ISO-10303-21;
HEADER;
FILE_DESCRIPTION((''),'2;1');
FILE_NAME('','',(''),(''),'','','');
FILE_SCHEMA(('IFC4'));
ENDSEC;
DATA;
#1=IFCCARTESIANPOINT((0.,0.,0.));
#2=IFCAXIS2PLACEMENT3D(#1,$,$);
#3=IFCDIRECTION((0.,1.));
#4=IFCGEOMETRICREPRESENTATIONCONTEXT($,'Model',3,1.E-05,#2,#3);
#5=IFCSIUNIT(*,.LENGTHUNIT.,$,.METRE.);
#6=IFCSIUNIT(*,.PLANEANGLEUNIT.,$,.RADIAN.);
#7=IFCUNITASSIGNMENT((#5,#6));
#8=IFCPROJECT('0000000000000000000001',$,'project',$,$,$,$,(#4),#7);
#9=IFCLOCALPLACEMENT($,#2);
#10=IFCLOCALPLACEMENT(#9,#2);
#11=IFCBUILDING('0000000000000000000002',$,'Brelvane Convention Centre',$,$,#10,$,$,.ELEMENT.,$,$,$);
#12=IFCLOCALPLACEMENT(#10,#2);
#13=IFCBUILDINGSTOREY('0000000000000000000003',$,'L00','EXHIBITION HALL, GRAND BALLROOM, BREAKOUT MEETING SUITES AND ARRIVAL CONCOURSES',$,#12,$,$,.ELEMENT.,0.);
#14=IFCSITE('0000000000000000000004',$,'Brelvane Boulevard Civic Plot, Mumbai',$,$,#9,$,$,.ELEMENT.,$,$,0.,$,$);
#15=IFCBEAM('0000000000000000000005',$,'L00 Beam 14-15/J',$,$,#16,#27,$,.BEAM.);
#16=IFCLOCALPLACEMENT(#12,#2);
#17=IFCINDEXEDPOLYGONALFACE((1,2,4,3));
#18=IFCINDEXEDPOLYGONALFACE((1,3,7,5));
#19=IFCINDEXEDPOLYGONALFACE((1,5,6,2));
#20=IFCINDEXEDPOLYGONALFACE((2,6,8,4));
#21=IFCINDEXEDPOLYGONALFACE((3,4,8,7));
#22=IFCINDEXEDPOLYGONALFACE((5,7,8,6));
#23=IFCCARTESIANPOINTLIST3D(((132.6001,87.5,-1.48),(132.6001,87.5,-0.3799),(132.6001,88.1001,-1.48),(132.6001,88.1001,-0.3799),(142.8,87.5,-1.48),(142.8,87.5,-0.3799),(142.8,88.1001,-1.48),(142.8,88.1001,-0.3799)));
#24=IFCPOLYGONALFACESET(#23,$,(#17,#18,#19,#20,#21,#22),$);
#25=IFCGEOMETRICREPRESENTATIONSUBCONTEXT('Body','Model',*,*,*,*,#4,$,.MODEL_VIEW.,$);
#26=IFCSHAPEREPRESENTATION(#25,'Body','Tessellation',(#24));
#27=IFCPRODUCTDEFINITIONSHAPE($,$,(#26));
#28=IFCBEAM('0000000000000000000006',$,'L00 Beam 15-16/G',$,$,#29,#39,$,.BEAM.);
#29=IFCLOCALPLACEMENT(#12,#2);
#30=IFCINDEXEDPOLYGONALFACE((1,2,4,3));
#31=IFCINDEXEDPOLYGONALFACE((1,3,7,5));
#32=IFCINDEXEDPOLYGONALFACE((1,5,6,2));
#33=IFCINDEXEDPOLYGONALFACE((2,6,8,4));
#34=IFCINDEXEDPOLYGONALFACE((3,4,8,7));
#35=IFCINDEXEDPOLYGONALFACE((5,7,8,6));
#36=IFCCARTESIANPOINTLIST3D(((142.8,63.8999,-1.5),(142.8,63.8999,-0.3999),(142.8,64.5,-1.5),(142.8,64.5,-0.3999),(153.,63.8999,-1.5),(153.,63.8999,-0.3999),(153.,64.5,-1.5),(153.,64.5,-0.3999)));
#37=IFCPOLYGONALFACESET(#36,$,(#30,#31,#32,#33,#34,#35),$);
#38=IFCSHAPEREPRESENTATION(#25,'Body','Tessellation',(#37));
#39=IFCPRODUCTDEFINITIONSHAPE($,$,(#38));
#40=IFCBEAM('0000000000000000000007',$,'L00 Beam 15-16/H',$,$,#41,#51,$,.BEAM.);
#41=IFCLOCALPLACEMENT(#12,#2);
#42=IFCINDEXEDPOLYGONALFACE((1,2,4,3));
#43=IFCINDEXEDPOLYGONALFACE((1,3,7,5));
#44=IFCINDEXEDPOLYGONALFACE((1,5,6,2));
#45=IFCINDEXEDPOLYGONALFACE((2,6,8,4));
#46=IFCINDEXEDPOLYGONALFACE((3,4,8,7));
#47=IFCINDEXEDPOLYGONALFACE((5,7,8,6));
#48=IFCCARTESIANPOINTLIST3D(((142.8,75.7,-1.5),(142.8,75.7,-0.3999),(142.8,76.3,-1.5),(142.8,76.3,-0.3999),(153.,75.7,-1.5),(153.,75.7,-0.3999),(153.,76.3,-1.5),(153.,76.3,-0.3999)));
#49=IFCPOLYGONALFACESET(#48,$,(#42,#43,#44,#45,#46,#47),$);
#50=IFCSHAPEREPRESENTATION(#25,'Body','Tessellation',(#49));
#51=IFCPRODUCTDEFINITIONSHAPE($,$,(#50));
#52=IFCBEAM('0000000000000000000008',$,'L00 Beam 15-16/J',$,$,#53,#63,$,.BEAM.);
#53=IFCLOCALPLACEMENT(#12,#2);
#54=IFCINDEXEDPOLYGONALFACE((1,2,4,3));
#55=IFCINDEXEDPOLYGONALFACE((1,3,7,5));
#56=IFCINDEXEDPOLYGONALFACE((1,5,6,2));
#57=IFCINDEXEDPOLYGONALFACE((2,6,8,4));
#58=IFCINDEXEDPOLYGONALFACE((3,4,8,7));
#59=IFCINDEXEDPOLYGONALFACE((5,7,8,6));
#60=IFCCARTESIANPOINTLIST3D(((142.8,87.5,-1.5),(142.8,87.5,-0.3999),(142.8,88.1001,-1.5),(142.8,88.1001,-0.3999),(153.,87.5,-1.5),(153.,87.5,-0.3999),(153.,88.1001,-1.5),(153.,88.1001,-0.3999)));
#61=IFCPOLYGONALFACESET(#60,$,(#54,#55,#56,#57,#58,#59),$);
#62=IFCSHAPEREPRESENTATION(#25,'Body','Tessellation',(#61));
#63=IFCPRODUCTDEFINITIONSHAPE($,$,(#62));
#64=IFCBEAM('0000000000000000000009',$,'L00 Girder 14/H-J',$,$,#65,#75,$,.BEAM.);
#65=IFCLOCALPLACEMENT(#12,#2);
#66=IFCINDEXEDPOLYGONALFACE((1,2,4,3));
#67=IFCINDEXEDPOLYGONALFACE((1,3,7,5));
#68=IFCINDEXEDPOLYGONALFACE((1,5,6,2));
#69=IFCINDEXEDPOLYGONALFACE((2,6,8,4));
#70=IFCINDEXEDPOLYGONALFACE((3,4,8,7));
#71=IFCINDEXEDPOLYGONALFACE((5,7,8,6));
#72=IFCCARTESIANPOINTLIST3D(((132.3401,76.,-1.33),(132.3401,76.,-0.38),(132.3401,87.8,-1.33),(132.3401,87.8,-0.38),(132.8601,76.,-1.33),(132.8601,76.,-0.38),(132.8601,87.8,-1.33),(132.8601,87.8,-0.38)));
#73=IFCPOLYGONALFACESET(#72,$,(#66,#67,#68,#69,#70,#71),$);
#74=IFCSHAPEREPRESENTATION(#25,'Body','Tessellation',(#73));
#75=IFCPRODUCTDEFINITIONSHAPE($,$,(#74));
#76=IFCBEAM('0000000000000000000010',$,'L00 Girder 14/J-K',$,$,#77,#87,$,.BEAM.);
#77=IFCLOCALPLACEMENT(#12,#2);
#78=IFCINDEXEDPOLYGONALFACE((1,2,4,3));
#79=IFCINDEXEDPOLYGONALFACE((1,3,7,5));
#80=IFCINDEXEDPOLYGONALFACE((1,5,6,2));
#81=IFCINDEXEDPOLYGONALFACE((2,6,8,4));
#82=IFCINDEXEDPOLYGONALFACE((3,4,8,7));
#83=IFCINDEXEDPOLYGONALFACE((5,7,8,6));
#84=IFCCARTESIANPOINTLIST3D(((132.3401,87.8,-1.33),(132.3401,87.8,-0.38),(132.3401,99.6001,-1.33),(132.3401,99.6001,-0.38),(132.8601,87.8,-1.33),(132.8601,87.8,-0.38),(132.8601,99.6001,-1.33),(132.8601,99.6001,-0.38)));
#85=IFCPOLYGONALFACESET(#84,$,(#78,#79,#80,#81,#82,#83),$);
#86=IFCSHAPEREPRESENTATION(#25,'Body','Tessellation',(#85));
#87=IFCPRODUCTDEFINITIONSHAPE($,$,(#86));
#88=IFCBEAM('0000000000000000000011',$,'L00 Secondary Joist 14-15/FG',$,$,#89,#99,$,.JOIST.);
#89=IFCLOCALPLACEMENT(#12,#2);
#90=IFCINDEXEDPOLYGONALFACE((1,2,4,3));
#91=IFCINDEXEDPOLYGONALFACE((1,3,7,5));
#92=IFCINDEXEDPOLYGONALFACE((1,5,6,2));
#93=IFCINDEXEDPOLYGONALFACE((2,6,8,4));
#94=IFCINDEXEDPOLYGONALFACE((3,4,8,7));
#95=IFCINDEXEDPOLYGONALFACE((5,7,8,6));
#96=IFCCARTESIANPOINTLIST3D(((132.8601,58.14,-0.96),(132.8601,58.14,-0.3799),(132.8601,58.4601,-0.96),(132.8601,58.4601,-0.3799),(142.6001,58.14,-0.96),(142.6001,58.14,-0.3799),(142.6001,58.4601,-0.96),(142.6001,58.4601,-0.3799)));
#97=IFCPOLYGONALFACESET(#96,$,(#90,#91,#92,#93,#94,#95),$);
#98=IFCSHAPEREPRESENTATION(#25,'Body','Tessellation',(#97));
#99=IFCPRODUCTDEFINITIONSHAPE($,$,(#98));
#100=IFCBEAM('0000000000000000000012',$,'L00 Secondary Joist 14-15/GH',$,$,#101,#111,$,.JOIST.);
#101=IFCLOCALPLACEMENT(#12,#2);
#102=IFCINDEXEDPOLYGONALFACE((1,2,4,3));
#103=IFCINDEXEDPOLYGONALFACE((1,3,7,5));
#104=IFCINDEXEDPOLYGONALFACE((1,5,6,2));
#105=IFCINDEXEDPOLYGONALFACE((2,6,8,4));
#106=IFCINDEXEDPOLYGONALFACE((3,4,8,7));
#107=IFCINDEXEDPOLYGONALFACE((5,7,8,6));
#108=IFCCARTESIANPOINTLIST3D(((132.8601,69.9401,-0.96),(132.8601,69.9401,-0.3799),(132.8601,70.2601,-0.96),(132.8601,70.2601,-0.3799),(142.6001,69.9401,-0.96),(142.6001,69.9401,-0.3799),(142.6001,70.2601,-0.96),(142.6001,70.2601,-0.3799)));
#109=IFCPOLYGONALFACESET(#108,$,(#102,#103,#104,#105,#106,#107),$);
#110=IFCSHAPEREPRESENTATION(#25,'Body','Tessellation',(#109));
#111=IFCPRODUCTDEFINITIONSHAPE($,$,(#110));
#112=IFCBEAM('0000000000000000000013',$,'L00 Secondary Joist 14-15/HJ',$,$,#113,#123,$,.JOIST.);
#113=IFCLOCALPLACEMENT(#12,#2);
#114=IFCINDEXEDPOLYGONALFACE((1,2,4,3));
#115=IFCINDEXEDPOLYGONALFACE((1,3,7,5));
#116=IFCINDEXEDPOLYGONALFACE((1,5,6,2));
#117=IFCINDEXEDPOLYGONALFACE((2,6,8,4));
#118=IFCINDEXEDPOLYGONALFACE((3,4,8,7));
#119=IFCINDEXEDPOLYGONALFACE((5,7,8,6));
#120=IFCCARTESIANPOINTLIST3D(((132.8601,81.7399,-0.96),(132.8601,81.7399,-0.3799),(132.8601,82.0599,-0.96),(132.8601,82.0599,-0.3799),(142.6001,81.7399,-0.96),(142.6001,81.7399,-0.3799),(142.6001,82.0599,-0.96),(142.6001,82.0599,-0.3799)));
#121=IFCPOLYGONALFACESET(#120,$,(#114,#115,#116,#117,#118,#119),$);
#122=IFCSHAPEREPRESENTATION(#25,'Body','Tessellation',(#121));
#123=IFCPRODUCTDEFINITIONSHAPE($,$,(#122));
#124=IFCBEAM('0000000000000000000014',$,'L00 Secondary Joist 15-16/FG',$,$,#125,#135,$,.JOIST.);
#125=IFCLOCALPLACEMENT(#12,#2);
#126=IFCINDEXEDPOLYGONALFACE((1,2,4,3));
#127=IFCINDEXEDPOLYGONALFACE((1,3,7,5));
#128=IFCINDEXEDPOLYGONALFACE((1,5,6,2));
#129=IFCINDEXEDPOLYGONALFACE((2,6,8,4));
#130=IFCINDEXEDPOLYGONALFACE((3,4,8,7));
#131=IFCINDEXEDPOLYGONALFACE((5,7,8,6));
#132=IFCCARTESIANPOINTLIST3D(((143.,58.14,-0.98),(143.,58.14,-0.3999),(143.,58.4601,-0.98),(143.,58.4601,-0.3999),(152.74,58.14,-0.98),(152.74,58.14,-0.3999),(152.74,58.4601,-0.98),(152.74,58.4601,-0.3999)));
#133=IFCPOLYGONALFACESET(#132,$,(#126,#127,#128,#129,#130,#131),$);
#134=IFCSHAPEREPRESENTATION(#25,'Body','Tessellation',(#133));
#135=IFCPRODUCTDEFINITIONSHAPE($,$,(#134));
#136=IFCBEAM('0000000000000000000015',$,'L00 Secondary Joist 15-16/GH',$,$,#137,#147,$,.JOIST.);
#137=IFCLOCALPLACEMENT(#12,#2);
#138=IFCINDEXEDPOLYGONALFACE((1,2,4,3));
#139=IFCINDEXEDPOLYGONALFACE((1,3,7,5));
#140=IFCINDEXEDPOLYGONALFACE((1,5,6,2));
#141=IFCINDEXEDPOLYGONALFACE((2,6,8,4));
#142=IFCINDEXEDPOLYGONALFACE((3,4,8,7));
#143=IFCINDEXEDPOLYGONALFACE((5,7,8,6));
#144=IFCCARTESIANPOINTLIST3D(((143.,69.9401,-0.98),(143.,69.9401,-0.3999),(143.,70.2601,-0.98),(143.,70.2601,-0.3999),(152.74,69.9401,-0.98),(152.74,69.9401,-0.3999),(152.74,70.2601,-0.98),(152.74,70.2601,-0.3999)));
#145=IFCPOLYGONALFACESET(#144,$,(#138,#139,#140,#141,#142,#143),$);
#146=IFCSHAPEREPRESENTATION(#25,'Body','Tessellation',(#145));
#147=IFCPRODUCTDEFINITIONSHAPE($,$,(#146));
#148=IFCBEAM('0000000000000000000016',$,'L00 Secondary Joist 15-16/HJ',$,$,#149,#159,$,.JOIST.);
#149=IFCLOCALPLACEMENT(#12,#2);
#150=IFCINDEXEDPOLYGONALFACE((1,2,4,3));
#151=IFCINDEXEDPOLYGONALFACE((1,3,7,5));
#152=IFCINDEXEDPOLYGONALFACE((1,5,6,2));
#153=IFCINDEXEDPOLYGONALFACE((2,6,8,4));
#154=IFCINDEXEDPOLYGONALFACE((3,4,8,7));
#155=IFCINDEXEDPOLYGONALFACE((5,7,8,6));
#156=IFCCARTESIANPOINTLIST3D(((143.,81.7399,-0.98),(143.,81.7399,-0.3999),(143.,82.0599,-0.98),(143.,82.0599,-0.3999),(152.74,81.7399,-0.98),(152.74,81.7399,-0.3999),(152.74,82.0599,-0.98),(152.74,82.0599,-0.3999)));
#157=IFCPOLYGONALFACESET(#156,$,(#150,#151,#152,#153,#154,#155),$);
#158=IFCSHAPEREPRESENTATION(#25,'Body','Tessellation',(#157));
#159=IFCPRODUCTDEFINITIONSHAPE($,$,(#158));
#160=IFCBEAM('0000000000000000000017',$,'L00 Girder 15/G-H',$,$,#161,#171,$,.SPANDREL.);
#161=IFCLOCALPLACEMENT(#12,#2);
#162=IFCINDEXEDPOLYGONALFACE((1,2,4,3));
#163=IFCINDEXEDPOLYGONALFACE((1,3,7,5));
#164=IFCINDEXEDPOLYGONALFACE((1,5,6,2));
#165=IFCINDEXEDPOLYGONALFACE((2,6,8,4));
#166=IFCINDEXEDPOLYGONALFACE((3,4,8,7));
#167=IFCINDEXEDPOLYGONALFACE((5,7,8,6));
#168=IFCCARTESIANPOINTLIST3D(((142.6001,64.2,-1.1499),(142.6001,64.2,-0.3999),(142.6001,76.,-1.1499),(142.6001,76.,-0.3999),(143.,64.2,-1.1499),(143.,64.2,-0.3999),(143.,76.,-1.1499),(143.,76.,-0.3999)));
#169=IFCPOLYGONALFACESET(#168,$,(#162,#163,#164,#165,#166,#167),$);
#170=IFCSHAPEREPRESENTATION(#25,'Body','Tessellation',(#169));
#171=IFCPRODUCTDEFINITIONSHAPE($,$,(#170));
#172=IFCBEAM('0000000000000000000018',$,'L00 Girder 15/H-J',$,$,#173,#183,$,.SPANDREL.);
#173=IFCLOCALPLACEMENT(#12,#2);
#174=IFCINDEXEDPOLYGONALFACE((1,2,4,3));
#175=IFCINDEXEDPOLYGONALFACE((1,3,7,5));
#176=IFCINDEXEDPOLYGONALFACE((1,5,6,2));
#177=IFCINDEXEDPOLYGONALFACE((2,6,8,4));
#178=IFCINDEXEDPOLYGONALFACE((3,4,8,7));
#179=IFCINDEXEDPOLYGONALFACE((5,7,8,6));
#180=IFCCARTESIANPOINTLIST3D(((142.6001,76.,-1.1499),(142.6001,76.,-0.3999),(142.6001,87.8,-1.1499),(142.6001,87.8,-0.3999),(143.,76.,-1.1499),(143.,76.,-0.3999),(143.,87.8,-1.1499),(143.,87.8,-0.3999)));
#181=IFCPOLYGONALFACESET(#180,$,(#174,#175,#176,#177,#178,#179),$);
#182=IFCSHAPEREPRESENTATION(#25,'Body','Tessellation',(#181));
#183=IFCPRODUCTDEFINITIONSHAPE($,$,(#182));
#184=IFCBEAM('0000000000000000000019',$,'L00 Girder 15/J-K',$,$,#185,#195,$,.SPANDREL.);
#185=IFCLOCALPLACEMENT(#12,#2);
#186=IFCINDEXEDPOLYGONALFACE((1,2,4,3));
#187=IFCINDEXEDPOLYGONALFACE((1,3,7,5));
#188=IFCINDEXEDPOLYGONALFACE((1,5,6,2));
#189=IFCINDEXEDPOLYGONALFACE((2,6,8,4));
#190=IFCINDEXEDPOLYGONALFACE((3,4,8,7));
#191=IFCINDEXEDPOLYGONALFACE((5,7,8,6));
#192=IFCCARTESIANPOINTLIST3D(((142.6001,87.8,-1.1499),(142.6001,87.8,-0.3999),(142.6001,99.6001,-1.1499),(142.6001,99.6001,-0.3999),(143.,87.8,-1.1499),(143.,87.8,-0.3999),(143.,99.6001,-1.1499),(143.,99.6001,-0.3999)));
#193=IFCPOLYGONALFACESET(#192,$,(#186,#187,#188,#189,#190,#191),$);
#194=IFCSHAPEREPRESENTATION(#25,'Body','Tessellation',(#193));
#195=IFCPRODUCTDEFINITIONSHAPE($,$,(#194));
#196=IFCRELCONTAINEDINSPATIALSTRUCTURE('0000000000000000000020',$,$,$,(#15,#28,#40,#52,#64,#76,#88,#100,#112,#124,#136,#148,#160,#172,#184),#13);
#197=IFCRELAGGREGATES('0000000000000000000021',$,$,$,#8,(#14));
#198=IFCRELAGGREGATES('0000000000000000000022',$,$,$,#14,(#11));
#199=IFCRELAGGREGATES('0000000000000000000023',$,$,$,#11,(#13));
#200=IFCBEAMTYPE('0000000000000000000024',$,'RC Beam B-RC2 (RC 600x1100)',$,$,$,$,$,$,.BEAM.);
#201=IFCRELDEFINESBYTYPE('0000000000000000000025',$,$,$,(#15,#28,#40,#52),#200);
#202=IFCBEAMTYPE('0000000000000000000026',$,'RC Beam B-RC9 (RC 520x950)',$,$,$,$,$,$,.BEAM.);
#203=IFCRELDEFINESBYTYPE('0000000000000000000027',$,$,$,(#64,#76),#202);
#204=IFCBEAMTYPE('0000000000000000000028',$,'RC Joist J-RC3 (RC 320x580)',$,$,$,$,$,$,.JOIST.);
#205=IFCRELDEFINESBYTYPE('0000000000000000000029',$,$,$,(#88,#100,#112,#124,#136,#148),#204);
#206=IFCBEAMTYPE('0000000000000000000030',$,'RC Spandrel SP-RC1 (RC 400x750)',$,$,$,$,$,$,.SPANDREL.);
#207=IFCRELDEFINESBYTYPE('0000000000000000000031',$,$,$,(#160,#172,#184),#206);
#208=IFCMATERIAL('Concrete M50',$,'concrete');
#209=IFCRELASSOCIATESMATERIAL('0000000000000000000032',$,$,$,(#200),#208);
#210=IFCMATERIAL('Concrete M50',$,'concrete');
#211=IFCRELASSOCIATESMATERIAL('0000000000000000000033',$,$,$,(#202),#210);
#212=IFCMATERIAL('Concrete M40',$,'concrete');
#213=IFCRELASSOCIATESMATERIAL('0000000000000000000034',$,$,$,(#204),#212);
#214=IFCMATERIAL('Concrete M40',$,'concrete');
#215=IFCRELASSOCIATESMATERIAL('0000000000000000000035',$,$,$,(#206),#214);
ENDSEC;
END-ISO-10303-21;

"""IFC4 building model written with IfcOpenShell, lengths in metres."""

from ifc_helpers import new_model, si_unit, direction, frame, origin, origin_2d, place, context, subcontext, project, spatial, rectangle, extrude, material, material_profile, profile_set, type_object, element, save


model = new_model("IFC4")

# Units and contexts
model_context = context("Model", 3, precision=1e-05, world=origin(), true_north=direction((0.0, 1.0)))
body_context = subcontext(model_context, "Body", "Model", "MODEL_VIEW")
ifc_project = project(units=[si_unit("LENGTHUNIT", "METRE"), si_unit("PLANEANGLEUNIT", "RADIAN")], contexts=[model_context])

# Site, building, storey
site_placement = place(None, origin())
site = spatial("IfcSite", under=ifc_project, at=site_placement, Name="Brelvane Boulevard Civic Plot, Mumbai", CompositionType="ELEMENT", RefElevation=0.0)
building_placement = place(site_placement, origin())
building = spatial("IfcBuilding", under=site, at=building_placement, Name="Brelvane Convention Centre", CompositionType="ELEMENT")
storey_placement = place(building_placement, origin())
storey = spatial("IfcBuildingStorey", under=building, at=storey_placement, Name="L00", Description="EXHIBITION HALL, GRAND BALLROOM, BREAKOUT MEETING SUITES AND ARRIVAL CONCOURSES", CompositionType="ELEMENT", Elevation=0.0)

# Beams
ifc_material_1 = material(Name="Concrete M50", Category="concrete")
ifc_material_profile_1 = material_profile(ifc_material_1, rectangle(XDim=0.6001, YDim=1.1001, at=origin_2d()), Name="RC 600x1100")
ifc_profile_set_1 = profile_set([ifc_material_profile_1], Name="Concrete M50")
beam_type_1 = type_object("IfcBeamType", Name="RC Beam B-RC2 (RC 600x1100)", PredefinedType="BEAM", material=ifc_profile_set_1)
for number, where, z_axis, x_axis, name in (
    (1, (132.6001, 87.8, -0.9299), (1.0, 0.0, 0.0), (0.0, 1.0, 0.0), "L00 Beam 14-15/J"),
    (2, (142.8, 64.2, -0.95), (1.0, 0.0, 0.0), (0.0, 1.0, 0.0), "L00 Beam 15-16/G"),
    (3, (142.8, 76.0, -0.95), (1.0, 0.0, 0.0), (0.0, 1.0, 0.0), "L00 Beam 15-16/H"),
    (4, (142.8, 87.8, -0.95), (1.0, 0.0, 0.0), (0.0, 1.0, 0.0), "L00 Beam 15-16/J"),
):
    element("IfcBeam", number, at=place(storey_placement, frame(where, z_axis=z_axis, x_axis=x_axis)), inside=storey, type_object=beam_type_1, Name=name, PredefinedType="BEAM", context=body_context, shape_type="SweptSolid", body=[
        extrude(rectangle(XDim=0.6001, YDim=1.1001, at=origin_2d()), origin(), (0.0, 0.0, 1.0), 10.2),
    ])
ifc_material_2 = material(Name="Concrete M50", Category="concrete")
ifc_material_profile_2 = material_profile(ifc_material_2, rectangle(XDim=0.52, YDim=0.95, at=origin_2d()), Name="RC 520x950")
ifc_profile_set_2 = profile_set([ifc_material_profile_2], Name="Concrete M50")
beam_type_2 = type_object("IfcBeamType", Name="RC Beam B-RC9 (RC 520x950)", PredefinedType="BEAM", material=ifc_profile_set_2)
for number, where, z_axis, x_axis, name in (
    (5, (132.6001, 76.0, -0.855), (0.0, 1.0, 0.0), (-1.0, 0.0, 0.0), "L00 Girder 14/H-J"),
    (6, (132.6001, 87.8, -0.855), (0.0, 1.0, 0.0), (-1.0, 0.0, 0.0), "L00 Girder 14/J-K"),
):
    element("IfcBeam", number, at=place(storey_placement, frame(where, z_axis=z_axis, x_axis=x_axis)), inside=storey, type_object=beam_type_2, Name=name, PredefinedType="BEAM", context=body_context, shape_type="SweptSolid", body=[
        extrude(rectangle(XDim=0.52, YDim=0.95, at=origin_2d()), origin(), (0.0, 0.0, 1.0), 11.8),
    ])
ifc_material_3 = material(Name="Concrete M40", Category="concrete")
ifc_material_profile_3 = material_profile(ifc_material_3, rectangle(XDim=0.3201, YDim=0.5801, at=origin_2d()), Name="RC 320x580")
ifc_profile_set_3 = profile_set([ifc_material_profile_3], Name="Concrete M40")
beam_type_3 = type_object("IfcBeamType", Name="RC Joist J-RC3 (RC 320x580)", PredefinedType="JOIST", material=ifc_profile_set_3)
for number, where, z_axis, x_axis, name in (
    (7, (132.8601, 58.3, -0.6699), (1.0, 0.0, 0.0), (0.0, 1.0, 0.0), "L00 Secondary Joist 14-15/FG"),
    (8, (132.8601, 70.1001, -0.6699), (1.0, 0.0, 0.0), (0.0, 1.0, 0.0), "L00 Secondary Joist 14-15/GH"),
    (9, (132.8601, 81.8999, -0.6699), (1.0, 0.0, 0.0), (0.0, 1.0, 0.0), "L00 Secondary Joist 14-15/HJ"),
    (10, (143.0, 58.3, -0.6899), (1.0, 0.0, 0.0), (0.0, 1.0, 0.0), "L00 Secondary Joist 15-16/FG"),
    (11, (143.0, 70.1001, -0.6899), (1.0, 0.0, 0.0), (0.0, 1.0, 0.0), "L00 Secondary Joist 15-16/GH"),
    (12, (143.0, 81.8999, -0.6899), (1.0, 0.0, 0.0), (0.0, 1.0, 0.0), "L00 Secondary Joist 15-16/HJ"),
):
    element("IfcBeam", number, at=place(storey_placement, frame(where, z_axis=z_axis, x_axis=x_axis)), inside=storey, type_object=beam_type_3, Name=name, PredefinedType="JOIST", context=body_context, shape_type="SweptSolid", body=[
        extrude(rectangle(XDim=0.3201, YDim=0.5801, at=origin_2d()), origin(), (0.0, 0.0, 1.0), 9.74),
    ])
ifc_material_4 = material(Name="Concrete M40", Category="concrete")
ifc_material_profile_4 = material_profile(ifc_material_4, rectangle(XDim=0.3999, YDim=0.75, at=origin_2d()), Name="RC 400x750")
ifc_profile_set_4 = profile_set([ifc_material_profile_4], Name="Concrete M40")
beam_type_4 = type_object("IfcBeamType", Name="RC Spandrel SP-RC1 (RC 400x750)", PredefinedType="SPANDREL", material=ifc_profile_set_4)
for number, where, z_axis, x_axis, name in (
    (13, (142.8, 64.2, -0.7749), (0.0, 1.0, 0.0), (-1.0, 0.0, 0.0), "L00 Girder 15/G-H"),
    (14, (142.8, 76.0, -0.7749), (0.0, 1.0, 0.0), (-1.0, 0.0, 0.0), "L00 Girder 15/H-J"),
    (15, (142.8, 87.8, -0.7749), (0.0, 1.0, 0.0), (-1.0, 0.0, 0.0), "L00 Girder 15/J-K"),
):
    element("IfcBeam", number, at=place(storey_placement, frame(where, z_axis=z_axis, x_axis=x_axis)), inside=storey, type_object=beam_type_4, Name=name, PredefinedType="SPANDREL", context=body_context, shape_type="SweptSolid", body=[
        extrude(rectangle(XDim=0.3999, YDim=0.75, at=origin_2d()), origin(), (0.0, 0.0, 1.0), 11.8),
    ])

save(model, "model.ifc")
